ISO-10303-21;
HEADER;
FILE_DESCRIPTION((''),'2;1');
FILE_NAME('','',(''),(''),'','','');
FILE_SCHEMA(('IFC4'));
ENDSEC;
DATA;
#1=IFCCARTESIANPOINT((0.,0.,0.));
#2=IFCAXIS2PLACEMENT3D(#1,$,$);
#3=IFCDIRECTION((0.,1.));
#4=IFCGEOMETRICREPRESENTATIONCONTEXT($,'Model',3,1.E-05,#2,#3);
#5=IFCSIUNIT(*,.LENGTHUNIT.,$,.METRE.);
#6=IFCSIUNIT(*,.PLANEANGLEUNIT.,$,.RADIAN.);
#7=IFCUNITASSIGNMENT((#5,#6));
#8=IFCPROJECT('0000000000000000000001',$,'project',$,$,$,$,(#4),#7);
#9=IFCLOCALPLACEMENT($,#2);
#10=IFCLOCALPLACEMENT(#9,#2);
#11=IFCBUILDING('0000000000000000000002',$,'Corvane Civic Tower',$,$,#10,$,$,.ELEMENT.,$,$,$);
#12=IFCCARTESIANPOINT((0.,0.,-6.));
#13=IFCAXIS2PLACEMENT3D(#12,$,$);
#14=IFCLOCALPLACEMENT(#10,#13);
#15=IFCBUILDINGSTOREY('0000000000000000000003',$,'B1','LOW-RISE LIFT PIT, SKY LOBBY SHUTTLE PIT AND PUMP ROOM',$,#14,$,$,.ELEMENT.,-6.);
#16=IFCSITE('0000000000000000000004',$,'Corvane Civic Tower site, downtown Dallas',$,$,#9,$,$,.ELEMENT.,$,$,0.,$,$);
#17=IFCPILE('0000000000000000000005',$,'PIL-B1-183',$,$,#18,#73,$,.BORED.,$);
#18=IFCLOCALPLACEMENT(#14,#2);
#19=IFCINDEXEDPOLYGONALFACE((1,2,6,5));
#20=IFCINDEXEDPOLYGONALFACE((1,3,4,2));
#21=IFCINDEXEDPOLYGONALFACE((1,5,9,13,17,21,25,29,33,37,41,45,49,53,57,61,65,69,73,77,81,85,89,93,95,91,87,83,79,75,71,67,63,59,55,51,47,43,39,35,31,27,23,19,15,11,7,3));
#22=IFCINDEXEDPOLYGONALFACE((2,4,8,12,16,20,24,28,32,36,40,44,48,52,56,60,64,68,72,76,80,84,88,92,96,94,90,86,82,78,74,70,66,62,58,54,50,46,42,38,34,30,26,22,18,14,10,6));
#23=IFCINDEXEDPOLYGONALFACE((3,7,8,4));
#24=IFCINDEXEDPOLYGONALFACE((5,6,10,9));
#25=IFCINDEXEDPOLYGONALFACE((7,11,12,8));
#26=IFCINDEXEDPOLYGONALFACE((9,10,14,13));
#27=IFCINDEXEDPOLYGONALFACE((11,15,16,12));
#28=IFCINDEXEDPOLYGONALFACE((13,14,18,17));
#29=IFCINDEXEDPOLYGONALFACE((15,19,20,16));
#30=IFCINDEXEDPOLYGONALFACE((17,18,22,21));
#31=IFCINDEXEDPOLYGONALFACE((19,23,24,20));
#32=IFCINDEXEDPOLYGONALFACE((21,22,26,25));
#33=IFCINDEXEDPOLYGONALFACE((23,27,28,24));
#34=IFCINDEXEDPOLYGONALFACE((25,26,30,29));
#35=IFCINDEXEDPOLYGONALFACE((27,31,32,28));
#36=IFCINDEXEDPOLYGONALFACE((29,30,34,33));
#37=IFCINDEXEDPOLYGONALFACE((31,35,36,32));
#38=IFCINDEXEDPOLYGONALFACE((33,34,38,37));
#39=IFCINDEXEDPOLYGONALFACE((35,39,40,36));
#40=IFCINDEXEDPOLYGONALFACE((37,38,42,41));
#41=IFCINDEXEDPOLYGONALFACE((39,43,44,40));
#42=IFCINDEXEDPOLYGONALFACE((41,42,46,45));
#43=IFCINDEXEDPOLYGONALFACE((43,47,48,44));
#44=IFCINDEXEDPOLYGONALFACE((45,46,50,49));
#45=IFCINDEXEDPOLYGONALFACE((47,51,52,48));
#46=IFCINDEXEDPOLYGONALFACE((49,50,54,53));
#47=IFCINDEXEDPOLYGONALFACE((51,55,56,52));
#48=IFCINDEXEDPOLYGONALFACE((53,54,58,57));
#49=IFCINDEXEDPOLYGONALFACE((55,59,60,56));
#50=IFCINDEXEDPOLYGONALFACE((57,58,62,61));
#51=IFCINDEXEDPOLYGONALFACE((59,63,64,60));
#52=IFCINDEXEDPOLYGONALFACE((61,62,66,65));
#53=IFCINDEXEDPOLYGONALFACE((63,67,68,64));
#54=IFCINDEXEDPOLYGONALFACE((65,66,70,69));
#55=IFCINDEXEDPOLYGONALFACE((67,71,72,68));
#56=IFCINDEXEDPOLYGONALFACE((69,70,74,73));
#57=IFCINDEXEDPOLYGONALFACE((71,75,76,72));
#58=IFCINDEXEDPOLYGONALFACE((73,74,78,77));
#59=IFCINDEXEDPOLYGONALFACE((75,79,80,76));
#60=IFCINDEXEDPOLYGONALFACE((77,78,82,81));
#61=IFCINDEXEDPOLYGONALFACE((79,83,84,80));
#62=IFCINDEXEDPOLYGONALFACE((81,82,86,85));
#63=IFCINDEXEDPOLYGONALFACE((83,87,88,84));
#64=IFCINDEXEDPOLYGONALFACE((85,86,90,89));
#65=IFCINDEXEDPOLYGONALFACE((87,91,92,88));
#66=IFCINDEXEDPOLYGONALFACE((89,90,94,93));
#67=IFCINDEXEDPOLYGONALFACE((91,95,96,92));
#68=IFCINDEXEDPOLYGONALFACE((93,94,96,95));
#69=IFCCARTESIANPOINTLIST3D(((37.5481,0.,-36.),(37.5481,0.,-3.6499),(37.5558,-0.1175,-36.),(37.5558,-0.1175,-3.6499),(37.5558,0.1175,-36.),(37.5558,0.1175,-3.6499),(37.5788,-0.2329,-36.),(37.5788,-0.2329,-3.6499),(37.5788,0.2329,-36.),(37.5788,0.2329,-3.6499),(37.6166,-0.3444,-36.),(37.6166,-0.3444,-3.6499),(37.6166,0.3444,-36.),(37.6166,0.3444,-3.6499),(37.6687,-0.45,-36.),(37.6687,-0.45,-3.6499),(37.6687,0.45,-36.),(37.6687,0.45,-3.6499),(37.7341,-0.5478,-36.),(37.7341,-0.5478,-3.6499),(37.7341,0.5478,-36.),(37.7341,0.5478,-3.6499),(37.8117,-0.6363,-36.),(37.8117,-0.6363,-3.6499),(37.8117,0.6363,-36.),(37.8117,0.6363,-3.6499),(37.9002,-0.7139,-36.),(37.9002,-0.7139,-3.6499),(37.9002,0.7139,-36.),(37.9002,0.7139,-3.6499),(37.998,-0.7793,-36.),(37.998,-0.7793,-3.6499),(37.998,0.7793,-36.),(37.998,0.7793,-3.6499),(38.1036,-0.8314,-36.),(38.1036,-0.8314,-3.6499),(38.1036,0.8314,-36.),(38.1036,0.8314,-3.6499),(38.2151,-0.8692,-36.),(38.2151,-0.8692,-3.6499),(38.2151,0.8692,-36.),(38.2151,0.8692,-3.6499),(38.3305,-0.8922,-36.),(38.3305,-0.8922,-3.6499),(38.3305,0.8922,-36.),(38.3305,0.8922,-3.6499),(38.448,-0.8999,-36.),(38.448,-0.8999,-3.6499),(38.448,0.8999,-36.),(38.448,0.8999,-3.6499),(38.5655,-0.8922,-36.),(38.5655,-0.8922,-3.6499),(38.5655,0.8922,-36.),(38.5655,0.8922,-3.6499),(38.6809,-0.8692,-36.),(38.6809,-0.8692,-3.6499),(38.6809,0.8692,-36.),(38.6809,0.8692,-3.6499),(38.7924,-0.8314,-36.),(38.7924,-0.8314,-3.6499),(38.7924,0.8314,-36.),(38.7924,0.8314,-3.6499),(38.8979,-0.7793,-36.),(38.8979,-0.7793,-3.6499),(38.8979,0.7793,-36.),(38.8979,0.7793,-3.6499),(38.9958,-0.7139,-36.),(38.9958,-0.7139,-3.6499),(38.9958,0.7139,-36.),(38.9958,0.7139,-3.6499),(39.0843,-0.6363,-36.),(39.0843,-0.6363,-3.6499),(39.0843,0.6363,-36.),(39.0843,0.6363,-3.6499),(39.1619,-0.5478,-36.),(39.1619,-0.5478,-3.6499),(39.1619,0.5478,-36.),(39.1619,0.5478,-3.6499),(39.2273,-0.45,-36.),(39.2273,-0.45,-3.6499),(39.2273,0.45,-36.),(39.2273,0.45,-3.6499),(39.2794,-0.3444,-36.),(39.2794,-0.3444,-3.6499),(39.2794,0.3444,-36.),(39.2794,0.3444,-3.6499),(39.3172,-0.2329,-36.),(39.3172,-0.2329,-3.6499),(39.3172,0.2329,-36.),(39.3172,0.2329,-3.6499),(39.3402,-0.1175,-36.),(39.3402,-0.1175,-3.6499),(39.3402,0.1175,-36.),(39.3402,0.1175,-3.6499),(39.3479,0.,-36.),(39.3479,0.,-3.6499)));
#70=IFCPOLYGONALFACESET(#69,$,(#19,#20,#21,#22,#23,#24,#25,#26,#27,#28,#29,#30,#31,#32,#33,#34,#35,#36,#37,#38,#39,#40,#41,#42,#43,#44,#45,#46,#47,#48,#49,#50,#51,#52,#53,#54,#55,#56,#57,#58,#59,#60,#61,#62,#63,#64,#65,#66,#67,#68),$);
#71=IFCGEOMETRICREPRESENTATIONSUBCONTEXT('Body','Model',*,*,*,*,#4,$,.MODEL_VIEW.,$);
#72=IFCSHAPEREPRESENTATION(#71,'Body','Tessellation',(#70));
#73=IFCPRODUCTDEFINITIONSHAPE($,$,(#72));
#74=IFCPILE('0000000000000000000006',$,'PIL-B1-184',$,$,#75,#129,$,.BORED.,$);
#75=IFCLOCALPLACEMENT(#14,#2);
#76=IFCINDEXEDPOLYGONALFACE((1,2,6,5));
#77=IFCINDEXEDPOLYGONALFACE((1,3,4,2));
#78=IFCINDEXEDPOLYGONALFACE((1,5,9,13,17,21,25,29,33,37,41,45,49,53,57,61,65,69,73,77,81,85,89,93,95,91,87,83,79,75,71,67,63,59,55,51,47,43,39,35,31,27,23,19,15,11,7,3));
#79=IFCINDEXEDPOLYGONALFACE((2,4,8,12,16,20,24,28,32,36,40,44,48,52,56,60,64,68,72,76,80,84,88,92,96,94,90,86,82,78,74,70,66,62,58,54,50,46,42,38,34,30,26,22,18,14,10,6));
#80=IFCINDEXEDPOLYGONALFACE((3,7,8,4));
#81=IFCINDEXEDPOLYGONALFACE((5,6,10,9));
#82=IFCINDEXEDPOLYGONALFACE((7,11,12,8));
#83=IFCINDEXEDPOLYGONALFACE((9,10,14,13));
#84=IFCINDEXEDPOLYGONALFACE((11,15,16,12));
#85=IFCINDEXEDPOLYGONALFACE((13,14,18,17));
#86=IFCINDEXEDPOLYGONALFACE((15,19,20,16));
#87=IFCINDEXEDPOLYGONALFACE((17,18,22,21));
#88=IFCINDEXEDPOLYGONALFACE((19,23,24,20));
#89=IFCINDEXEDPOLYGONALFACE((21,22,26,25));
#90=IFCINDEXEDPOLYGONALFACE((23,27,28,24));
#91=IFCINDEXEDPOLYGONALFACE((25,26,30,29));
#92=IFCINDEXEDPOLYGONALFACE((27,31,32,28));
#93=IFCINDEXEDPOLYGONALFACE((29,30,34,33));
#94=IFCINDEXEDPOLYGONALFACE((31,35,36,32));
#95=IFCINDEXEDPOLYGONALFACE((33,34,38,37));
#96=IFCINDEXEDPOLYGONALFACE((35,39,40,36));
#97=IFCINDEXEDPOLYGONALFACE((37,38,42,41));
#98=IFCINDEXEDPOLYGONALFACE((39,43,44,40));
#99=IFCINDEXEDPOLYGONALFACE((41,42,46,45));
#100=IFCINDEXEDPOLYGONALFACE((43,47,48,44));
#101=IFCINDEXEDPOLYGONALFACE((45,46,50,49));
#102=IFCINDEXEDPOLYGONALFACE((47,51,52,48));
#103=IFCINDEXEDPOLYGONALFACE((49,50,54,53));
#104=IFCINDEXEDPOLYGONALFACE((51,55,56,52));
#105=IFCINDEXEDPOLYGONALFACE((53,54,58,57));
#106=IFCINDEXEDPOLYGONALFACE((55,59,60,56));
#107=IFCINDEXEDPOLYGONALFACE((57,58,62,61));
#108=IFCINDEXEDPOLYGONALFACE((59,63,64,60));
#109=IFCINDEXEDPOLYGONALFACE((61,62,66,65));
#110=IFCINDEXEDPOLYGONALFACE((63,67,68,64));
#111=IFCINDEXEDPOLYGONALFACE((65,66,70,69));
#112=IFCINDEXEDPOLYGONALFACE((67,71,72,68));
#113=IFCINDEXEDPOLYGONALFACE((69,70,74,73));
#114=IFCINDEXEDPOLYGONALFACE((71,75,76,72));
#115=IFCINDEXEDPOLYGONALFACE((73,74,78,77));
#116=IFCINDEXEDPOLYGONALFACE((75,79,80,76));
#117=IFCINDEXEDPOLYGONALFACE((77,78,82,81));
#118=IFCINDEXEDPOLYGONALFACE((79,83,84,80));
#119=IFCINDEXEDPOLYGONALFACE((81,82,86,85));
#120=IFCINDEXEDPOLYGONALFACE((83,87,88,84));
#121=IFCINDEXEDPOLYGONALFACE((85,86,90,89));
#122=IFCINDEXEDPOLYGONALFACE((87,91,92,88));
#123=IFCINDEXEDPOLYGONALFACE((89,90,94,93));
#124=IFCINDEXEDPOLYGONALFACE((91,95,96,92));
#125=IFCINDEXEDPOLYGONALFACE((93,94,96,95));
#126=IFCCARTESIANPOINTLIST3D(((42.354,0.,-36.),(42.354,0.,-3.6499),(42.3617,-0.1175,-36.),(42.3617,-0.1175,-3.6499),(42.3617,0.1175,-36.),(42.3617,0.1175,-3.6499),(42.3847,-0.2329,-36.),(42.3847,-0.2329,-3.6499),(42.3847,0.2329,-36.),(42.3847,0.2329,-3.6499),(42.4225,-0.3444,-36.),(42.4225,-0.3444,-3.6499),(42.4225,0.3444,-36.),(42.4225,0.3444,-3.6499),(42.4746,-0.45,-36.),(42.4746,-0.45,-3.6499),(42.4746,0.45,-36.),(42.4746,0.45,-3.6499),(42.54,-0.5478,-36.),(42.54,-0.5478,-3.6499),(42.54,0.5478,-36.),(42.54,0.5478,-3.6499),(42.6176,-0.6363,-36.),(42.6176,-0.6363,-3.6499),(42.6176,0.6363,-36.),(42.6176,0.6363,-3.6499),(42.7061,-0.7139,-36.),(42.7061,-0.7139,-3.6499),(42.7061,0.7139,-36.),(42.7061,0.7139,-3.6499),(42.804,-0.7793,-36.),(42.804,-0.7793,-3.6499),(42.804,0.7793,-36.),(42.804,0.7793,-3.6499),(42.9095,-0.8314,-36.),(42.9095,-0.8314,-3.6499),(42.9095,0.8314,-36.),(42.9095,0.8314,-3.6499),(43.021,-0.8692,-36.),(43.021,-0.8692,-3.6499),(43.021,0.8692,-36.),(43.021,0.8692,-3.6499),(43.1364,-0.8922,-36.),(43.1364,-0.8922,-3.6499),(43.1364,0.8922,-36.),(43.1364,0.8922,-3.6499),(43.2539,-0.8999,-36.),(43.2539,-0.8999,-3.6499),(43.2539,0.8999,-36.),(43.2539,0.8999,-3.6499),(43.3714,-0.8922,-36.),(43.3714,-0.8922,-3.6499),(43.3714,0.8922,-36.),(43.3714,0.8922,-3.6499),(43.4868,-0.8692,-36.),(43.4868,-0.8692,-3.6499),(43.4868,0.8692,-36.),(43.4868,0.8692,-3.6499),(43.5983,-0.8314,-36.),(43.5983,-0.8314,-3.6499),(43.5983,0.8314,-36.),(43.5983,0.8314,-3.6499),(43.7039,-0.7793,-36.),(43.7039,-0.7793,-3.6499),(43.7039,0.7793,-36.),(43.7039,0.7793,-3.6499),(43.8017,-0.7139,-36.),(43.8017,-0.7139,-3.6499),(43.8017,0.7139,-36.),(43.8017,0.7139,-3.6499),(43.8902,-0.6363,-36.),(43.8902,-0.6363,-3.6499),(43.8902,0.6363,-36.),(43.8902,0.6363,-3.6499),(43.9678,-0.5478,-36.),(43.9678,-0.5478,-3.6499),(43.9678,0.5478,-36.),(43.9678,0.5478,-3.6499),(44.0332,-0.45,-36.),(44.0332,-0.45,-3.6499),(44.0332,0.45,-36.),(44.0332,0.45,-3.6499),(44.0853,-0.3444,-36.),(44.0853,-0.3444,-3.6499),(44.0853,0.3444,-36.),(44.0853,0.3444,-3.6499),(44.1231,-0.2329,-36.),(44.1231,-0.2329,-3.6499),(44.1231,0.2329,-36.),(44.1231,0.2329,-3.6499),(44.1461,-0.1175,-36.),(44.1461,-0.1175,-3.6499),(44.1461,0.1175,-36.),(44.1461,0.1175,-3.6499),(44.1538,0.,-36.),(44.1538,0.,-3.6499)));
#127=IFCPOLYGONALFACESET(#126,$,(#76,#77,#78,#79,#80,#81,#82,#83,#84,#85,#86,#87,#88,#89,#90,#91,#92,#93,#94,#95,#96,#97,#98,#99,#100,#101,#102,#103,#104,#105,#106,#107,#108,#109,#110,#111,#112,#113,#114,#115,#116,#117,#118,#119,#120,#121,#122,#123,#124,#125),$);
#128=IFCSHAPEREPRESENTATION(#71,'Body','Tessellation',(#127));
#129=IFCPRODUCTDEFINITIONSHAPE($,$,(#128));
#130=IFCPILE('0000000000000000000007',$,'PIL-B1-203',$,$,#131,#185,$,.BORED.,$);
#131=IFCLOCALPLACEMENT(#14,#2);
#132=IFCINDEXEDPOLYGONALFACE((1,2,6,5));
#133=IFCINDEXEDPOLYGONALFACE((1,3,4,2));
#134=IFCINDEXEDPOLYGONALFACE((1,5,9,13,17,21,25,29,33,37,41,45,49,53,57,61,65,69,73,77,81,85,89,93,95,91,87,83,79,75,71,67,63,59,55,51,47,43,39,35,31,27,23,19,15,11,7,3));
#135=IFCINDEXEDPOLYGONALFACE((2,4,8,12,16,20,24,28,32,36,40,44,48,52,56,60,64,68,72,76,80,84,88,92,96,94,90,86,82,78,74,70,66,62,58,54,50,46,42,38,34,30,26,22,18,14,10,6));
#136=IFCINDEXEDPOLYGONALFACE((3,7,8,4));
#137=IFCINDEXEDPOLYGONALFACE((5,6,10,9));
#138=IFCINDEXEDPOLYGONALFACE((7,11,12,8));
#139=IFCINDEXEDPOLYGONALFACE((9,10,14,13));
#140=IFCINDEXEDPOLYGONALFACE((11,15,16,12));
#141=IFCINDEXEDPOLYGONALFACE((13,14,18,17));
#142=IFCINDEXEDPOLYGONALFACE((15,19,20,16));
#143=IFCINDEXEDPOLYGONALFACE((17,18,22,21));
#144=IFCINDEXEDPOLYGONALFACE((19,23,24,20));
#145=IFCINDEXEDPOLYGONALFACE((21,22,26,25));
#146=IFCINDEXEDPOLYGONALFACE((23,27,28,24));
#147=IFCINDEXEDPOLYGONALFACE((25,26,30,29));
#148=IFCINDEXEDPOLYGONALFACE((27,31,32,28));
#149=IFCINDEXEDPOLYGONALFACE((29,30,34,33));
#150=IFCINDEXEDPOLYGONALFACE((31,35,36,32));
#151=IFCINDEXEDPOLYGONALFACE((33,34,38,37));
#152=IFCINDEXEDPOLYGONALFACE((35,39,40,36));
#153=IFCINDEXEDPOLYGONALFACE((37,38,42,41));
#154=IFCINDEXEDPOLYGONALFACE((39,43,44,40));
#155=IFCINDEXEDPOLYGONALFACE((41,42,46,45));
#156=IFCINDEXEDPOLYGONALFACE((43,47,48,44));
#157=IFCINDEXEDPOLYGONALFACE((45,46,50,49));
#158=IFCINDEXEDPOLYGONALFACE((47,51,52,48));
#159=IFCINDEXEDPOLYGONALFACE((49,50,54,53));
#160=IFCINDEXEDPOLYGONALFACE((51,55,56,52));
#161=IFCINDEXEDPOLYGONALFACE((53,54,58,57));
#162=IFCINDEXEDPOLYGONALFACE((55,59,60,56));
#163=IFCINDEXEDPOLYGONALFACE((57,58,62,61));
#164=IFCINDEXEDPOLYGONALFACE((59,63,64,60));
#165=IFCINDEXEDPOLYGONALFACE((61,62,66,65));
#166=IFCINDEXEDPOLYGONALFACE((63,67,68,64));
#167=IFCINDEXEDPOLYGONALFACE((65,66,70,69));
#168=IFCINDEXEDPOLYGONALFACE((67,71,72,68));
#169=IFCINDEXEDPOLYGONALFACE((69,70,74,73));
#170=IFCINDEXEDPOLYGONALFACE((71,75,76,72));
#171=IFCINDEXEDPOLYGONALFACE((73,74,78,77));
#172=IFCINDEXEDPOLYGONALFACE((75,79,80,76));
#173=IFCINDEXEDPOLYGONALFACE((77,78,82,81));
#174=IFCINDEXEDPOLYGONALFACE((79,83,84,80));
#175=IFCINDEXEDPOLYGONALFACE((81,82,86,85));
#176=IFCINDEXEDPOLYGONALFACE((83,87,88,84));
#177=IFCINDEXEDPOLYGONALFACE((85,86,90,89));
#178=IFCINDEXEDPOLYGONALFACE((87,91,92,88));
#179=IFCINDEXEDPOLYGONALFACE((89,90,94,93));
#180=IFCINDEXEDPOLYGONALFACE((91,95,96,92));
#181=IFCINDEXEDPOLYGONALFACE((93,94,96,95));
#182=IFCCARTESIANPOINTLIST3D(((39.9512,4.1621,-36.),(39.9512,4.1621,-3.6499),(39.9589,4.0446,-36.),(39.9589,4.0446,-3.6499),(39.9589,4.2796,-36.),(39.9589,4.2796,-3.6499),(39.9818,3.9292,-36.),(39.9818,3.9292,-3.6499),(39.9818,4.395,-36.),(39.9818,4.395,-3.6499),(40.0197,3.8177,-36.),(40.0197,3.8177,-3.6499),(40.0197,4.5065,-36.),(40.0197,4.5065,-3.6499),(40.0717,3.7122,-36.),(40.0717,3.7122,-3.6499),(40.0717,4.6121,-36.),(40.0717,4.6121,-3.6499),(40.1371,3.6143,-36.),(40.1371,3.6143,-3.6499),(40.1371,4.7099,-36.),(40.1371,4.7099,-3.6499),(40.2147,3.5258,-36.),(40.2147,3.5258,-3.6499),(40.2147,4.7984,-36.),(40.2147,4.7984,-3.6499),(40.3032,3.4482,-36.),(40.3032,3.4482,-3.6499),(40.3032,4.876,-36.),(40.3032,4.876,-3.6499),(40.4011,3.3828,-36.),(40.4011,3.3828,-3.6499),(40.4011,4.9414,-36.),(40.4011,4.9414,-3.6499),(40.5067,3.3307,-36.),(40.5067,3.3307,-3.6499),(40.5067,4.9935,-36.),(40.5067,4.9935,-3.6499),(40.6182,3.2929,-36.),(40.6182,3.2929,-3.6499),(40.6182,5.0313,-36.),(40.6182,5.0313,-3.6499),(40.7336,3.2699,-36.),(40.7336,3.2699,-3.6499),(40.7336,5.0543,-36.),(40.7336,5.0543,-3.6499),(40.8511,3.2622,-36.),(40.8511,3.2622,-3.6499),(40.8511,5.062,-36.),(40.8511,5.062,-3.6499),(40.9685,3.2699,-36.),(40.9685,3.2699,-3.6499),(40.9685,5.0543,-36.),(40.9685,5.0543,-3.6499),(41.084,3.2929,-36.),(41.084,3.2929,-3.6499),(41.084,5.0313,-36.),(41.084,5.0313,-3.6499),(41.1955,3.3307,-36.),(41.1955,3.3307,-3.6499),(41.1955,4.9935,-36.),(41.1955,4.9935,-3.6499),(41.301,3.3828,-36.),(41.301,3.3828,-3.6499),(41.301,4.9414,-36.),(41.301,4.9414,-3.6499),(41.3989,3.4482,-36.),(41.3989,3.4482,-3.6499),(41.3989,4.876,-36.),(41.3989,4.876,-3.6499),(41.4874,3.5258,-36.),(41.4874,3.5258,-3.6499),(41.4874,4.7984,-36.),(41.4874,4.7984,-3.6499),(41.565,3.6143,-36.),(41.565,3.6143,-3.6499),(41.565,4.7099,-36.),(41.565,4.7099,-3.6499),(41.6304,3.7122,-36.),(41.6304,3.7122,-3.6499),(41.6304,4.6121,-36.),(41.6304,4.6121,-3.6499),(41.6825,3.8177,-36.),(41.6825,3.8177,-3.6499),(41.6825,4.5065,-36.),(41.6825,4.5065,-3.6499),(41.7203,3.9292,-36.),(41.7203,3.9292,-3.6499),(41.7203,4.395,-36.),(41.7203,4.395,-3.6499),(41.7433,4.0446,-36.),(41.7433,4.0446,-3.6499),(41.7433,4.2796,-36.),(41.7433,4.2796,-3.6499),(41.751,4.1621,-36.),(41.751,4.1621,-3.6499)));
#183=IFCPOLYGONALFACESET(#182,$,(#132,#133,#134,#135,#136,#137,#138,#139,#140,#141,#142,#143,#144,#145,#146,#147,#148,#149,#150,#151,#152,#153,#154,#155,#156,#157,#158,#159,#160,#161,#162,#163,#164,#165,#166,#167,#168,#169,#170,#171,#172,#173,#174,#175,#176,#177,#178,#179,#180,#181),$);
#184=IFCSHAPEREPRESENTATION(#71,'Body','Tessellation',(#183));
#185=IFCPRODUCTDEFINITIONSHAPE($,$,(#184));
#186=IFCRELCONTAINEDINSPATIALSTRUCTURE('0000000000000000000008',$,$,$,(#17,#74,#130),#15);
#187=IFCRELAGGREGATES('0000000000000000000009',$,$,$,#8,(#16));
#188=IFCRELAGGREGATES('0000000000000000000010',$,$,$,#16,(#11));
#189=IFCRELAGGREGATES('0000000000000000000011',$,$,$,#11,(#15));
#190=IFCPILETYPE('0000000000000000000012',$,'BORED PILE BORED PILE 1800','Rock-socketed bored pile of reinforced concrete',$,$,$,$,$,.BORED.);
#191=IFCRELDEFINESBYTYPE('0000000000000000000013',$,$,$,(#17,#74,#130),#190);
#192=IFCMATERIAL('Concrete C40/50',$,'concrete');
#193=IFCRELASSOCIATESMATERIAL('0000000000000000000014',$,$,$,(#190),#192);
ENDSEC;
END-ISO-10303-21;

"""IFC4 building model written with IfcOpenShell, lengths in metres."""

from ifc_helpers import new_model, si_unit, direction, frame, origin, origin_2d, place, context, subcontext, project, spatial, circle, extrude, material, material_profile, profile_set, type_object, element, save


model = new_model("IFC4")

# Units and contexts
model_context = context("Model", 3, precision=1e-05, world=origin(), true_north=direction((0.0, 1.0)))
body_context = subcontext(model_context, "Body", "Model", "MODEL_VIEW")
ifc_project = project(units=[si_unit("LENGTHUNIT", "METRE"), si_unit("PLANEANGLEUNIT", "RADIAN")], contexts=[model_context])

# Site, building, storey
site_placement = place(None, origin())
site = spatial("IfcSite", under=ifc_project, at=site_placement, Name="Corvane Civic Tower site, downtown Dallas", CompositionType="ELEMENT", RefElevation=0.0)
building_placement = place(site_placement, origin())
building = spatial("IfcBuilding", under=site, at=building_placement, Name="Corvane Civic Tower", CompositionType="ELEMENT")
storey_placement = place(building_placement, frame((0.0, 0.0, -6.0)))
storey = spatial("IfcBuildingStorey", under=building, at=storey_placement, Name="B1", Description="LOW-RISE LIFT PIT, SKY LOBBY SHUTTLE PIT AND PUMP ROOM", CompositionType="ELEMENT", Elevation=-6.0)

# Piles
ifc_material_1 = material(Name="Concrete C40/50", Category="concrete")
ifc_material_profile_1 = material_profile(ifc_material_1, circle(Radius=0.8999, at=origin_2d()), Name="BORED PILE 1800")
ifc_profile_set_1 = profile_set([ifc_material_profile_1], Name="Concrete C40/50")
pile_type_1 = type_object("IfcPileType", Name="BORED PILE BORED PILE 1800", Description="Rock-socketed bored pile of reinforced concrete", PredefinedType="BORED", material=ifc_profile_set_1)
for number, where, z_axis, x_axis, name in (
    (1, (38.448, 0.0, -3.6499), (0.0, 0.0, -1.0), (1.0, 0.0, 0.0), "PIL-B1-183"),
    (2, (43.2539, 0.0, -3.6499), (0.0, 0.0, -1.0), (1.0, 0.0, 0.0), "PIL-B1-184"),
    (3, (40.8511, 4.1621, -3.6499), (0.0, 0.0, -1.0), (1.0, 0.0, 0.0), "PIL-B1-203"),
):
    element("IfcPile", number, at=place(storey_placement, frame(where, z_axis=z_axis, x_axis=x_axis)), inside=storey, type_object=pile_type_1, Name=name, PredefinedType="BORED", context=body_context, shape_type="SweptSolid", body=[
        extrude(circle(Radius=0.8999, at=origin_2d()), origin(), (0.0, 0.0, 1.0), 32.3501),
    ])

save(model, "model.ifc")
